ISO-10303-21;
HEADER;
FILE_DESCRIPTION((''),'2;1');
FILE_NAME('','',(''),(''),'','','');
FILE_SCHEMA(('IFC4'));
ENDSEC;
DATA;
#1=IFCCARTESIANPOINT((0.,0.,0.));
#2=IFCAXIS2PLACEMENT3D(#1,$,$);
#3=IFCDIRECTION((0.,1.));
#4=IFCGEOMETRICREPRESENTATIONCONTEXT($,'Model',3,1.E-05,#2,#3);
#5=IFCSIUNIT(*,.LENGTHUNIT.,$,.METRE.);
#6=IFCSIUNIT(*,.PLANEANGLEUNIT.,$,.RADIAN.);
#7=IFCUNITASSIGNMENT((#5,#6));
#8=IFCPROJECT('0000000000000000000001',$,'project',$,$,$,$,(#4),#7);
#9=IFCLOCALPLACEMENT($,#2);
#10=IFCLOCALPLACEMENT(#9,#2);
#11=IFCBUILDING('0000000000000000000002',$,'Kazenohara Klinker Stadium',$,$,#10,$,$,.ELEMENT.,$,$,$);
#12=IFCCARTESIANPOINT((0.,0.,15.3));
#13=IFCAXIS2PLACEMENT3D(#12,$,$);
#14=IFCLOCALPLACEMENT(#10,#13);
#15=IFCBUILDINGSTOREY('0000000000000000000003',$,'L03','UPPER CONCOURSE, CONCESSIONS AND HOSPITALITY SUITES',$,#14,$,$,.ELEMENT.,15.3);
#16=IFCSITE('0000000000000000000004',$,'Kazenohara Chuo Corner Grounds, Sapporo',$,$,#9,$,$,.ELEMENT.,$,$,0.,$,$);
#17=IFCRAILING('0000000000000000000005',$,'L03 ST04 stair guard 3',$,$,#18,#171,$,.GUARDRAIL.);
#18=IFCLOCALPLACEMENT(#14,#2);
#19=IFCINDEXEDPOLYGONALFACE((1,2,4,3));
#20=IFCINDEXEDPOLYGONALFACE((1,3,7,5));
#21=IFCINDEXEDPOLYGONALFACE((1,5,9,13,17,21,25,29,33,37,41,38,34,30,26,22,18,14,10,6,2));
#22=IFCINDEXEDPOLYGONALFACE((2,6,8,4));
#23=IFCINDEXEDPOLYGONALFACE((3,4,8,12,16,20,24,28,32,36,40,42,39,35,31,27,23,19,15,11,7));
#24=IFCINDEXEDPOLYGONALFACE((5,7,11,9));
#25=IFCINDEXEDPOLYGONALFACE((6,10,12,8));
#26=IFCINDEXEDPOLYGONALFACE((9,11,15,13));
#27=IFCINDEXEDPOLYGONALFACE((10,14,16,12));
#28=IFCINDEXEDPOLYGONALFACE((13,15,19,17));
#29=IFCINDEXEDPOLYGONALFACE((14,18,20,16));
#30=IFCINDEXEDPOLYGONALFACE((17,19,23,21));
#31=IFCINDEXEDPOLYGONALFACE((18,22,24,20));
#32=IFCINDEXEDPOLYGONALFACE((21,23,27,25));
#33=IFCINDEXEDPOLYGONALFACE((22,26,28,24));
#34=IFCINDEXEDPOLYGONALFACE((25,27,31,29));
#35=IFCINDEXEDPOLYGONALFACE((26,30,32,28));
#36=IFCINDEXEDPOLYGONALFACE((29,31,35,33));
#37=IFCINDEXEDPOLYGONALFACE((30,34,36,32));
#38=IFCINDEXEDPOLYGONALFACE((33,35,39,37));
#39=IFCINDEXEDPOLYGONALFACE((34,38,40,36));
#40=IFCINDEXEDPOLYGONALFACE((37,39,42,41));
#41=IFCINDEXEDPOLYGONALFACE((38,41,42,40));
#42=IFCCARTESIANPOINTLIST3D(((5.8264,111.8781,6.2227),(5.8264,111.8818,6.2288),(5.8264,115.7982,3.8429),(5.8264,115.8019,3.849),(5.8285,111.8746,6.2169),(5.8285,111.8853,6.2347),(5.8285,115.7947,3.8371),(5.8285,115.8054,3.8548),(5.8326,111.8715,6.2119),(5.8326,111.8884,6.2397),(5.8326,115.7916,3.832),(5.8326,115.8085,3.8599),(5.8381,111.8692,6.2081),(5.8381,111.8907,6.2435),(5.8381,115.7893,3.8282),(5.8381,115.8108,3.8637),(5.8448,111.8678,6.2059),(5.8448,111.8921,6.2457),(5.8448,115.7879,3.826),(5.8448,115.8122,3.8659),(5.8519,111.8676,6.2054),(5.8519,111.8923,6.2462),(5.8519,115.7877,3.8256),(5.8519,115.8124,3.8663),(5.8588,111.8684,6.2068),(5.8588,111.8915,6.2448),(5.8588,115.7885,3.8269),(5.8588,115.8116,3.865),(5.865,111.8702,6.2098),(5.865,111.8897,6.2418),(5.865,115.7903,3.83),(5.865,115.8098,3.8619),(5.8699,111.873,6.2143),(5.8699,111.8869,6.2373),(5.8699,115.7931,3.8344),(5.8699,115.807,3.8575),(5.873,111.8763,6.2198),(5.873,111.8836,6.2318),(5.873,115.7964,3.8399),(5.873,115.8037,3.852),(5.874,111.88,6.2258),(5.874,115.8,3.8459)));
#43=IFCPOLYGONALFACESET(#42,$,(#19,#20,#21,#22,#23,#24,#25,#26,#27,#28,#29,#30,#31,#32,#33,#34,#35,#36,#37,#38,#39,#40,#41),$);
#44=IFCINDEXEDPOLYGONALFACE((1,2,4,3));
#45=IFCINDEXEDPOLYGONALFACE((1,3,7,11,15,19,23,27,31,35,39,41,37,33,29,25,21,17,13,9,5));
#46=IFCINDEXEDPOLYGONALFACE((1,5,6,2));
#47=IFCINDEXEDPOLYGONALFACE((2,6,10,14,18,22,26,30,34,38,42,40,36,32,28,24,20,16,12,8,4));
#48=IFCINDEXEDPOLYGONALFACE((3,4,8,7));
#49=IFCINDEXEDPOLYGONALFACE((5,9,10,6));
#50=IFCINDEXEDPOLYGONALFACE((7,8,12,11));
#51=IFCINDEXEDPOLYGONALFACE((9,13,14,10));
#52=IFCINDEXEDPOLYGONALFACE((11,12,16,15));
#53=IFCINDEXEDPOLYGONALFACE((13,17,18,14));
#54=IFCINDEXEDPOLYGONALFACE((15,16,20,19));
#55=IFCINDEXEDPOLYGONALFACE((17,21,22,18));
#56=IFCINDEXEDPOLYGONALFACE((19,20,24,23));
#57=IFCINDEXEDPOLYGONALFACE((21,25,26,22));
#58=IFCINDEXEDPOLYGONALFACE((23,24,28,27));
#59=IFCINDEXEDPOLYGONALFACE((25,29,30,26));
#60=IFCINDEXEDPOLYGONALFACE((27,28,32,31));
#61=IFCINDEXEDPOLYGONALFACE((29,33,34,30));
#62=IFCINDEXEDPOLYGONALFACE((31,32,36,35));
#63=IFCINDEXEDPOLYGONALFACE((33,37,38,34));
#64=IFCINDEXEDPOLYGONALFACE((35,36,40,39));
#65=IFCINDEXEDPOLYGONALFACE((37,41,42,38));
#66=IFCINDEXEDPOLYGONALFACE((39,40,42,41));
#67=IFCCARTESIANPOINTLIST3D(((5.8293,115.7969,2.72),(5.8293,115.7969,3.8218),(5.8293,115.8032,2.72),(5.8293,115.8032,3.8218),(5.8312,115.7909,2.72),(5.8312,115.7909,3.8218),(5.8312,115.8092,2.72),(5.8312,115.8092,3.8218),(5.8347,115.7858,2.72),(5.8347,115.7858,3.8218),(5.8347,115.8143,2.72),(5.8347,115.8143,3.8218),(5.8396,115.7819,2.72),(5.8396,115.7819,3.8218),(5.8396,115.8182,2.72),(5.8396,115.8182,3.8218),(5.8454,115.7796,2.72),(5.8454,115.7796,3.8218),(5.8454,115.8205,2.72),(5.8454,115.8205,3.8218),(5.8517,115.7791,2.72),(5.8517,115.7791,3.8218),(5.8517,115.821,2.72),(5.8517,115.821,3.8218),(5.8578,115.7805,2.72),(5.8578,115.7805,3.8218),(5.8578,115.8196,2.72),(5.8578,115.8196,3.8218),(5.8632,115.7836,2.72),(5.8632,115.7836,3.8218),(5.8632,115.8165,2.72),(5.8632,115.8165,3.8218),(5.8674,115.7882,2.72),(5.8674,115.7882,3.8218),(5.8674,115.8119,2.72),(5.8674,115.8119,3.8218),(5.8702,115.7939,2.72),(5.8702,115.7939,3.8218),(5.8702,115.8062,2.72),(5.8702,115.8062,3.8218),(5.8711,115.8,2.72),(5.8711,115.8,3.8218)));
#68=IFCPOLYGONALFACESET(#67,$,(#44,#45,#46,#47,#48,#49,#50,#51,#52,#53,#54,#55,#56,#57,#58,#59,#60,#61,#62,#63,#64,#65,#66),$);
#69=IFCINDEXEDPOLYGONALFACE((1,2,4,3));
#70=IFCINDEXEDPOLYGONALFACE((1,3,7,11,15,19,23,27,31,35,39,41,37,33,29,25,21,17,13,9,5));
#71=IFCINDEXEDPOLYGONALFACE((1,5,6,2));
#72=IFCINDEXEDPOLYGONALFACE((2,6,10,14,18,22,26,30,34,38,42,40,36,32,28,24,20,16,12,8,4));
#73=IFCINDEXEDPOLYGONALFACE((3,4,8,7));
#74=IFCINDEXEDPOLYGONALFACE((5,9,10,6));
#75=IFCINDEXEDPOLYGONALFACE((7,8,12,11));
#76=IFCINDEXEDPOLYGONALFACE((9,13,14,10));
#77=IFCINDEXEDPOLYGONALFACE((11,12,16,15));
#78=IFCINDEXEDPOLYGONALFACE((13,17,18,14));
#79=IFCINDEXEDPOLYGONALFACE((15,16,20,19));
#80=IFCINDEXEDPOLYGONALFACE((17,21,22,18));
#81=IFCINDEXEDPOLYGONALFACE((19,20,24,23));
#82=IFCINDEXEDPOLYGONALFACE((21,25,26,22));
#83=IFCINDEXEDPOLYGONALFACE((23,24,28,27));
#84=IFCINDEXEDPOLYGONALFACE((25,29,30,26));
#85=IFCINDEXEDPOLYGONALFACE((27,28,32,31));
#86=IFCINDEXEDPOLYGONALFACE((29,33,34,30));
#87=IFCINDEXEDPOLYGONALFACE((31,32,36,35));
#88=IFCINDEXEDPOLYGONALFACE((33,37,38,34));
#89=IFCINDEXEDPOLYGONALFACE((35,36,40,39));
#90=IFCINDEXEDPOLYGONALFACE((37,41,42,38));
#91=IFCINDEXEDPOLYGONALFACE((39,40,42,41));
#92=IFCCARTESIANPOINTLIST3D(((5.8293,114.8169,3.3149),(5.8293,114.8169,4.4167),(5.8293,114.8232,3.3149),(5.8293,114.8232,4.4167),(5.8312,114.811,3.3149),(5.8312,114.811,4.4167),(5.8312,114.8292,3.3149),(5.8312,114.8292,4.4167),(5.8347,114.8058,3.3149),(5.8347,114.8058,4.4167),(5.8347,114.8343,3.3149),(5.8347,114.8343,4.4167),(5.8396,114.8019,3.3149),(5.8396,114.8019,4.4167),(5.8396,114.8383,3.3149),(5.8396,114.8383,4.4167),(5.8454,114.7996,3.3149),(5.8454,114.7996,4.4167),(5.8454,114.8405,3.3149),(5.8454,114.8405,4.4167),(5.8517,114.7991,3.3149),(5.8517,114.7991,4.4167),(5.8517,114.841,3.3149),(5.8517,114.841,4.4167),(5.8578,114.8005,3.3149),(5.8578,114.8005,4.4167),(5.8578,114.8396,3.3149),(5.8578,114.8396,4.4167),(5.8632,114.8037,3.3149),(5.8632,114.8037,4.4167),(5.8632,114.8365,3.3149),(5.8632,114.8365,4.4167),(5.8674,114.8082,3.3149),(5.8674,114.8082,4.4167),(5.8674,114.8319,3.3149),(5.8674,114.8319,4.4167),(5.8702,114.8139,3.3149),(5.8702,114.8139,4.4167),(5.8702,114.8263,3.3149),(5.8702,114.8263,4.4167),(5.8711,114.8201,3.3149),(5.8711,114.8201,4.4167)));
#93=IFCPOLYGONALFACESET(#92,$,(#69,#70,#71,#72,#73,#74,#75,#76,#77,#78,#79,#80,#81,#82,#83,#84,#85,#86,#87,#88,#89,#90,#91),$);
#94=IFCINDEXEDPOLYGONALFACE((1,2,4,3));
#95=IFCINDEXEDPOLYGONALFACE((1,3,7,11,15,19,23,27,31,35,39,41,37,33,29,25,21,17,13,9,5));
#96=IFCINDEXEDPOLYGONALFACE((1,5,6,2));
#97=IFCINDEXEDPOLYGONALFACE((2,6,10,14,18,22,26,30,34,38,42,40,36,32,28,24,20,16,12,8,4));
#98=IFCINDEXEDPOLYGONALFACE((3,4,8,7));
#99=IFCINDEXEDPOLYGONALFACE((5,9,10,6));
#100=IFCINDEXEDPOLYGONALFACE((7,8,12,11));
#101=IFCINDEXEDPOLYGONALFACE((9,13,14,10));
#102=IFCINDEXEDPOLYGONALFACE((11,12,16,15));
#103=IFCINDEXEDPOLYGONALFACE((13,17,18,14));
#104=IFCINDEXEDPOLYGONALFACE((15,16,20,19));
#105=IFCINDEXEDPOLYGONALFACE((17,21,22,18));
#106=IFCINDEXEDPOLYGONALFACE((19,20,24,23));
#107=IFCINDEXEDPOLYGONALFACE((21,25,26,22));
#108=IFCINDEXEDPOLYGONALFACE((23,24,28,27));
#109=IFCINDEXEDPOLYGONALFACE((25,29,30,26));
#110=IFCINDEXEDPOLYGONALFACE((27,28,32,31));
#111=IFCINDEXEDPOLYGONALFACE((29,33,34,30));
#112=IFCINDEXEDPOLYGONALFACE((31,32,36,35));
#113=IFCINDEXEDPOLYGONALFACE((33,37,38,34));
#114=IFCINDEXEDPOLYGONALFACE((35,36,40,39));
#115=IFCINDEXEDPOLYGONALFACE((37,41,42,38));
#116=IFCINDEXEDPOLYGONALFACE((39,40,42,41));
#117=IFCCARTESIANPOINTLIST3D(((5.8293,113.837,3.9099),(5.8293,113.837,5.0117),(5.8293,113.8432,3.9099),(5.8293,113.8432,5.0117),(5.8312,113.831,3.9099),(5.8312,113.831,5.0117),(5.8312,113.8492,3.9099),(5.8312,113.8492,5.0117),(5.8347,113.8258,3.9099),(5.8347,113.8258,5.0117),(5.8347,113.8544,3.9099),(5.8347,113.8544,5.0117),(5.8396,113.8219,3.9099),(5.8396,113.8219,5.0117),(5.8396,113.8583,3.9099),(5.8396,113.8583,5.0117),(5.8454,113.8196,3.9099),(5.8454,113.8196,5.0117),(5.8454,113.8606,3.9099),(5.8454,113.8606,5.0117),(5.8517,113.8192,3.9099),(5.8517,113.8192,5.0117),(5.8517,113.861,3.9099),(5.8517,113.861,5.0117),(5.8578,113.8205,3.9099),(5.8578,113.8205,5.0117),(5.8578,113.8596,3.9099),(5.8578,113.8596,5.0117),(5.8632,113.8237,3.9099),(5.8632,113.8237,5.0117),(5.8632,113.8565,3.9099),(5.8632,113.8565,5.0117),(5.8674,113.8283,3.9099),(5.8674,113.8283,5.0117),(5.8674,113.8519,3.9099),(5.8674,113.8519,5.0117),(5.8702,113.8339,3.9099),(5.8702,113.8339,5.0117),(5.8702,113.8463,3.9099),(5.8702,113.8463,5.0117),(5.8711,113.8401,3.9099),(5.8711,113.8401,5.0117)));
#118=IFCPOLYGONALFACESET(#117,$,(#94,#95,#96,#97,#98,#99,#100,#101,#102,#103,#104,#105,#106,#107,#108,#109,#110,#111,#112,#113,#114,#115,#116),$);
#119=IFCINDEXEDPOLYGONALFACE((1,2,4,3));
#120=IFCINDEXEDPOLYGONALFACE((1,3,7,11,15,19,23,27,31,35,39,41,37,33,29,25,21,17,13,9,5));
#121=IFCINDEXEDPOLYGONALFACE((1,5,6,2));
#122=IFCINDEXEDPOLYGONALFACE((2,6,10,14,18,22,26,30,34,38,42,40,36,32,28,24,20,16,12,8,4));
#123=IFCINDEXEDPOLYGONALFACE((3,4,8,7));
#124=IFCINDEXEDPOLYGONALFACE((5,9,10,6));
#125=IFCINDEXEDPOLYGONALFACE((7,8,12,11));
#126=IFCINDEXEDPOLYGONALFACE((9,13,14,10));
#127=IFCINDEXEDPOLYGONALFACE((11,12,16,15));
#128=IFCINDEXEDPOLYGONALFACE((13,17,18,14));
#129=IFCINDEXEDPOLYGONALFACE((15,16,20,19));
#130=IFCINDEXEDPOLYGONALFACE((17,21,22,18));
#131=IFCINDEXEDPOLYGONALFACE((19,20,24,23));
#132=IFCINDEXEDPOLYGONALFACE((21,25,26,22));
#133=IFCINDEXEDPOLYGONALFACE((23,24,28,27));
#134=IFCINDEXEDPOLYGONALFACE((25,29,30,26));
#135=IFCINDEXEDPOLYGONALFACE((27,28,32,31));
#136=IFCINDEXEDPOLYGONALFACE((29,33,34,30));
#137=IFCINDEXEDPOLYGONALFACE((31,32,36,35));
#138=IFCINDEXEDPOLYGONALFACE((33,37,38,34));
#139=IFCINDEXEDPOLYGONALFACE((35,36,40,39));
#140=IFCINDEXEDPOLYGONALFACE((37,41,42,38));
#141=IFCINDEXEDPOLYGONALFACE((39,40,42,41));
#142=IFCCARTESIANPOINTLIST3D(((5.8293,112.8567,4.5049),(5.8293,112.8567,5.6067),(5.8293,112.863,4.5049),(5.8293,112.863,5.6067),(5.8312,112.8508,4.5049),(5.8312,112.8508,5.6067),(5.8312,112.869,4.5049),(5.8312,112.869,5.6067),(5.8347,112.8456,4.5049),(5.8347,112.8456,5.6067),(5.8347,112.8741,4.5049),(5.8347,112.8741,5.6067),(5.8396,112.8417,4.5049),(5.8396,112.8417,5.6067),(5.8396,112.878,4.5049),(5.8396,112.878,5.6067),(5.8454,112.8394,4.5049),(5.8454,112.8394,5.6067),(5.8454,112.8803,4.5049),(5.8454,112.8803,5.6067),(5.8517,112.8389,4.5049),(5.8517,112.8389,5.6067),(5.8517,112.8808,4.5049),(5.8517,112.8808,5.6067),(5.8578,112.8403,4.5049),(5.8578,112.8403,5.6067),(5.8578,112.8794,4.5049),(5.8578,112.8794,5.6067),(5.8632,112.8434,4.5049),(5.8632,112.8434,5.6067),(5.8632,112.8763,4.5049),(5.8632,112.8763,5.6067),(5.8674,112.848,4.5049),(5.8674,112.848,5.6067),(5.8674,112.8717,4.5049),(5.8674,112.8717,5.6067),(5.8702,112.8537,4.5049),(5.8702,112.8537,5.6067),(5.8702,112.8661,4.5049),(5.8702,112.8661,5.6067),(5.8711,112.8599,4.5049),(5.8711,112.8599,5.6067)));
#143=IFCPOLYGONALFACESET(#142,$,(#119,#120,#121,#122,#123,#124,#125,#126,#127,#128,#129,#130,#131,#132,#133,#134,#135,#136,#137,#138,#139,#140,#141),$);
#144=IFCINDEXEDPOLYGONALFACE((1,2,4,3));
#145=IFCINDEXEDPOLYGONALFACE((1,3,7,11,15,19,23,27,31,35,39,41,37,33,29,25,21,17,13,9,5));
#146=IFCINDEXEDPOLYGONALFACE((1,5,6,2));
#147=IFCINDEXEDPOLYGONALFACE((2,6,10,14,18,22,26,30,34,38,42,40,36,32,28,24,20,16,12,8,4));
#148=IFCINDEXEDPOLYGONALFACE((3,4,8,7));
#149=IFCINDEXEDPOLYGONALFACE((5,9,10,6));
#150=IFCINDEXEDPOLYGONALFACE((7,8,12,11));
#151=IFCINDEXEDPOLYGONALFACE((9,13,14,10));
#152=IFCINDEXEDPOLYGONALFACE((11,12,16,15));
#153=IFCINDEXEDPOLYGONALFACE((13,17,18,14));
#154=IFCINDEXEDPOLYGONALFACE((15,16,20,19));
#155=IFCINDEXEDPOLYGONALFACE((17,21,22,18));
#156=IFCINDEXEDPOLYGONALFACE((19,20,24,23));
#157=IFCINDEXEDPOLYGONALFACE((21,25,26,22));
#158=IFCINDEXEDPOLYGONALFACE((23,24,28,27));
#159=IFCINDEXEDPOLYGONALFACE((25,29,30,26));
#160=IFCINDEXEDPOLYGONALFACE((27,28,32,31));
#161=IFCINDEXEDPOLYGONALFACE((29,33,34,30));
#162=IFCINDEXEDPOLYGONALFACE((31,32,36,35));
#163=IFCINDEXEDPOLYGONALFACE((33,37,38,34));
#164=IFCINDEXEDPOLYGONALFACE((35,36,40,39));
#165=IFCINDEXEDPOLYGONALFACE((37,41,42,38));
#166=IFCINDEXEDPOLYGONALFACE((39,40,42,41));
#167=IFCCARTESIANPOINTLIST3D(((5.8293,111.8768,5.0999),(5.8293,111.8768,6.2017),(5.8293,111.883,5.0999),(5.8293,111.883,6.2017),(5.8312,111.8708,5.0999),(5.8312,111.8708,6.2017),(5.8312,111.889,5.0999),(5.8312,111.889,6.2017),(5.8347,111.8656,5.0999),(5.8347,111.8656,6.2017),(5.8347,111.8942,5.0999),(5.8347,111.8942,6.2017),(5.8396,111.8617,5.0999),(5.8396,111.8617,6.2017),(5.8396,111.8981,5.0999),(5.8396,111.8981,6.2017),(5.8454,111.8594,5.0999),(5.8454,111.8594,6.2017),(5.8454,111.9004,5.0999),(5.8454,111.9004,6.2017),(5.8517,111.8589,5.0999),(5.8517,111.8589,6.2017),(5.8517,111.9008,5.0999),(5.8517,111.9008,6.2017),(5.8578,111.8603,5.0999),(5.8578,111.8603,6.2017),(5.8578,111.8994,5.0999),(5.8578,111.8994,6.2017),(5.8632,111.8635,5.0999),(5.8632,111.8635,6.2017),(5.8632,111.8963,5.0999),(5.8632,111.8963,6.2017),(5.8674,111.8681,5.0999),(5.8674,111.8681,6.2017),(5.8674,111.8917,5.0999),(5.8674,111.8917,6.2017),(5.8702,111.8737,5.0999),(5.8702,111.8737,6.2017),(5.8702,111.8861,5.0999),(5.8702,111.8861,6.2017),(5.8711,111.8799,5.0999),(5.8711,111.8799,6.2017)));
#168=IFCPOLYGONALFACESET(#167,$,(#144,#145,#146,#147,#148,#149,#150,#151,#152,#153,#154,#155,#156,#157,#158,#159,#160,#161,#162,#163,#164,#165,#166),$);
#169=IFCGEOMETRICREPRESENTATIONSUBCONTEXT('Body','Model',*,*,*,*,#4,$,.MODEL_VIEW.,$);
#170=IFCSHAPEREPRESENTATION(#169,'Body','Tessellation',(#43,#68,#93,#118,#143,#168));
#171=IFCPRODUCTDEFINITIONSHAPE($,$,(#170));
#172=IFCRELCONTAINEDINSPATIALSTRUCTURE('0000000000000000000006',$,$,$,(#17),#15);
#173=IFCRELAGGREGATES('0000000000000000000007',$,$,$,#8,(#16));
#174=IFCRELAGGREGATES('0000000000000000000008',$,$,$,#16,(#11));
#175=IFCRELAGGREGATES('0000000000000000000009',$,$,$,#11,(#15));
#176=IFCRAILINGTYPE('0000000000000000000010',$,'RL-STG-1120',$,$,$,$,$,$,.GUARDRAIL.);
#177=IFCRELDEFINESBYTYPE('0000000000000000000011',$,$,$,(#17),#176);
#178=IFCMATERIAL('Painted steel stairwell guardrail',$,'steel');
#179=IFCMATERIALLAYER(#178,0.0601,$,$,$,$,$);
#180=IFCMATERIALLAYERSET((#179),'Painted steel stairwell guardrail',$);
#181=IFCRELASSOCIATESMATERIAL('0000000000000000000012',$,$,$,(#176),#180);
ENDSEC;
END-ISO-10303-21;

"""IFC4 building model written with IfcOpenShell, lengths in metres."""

from ifc_helpers import new_model, si_unit, direction, frame, origin, origin_2d, place, context, subcontext, project, spatial, circle, extrude, material, layer, layer_set, type_object, element, save


model = new_model("IFC4")

# Units and contexts
model_context = context("Model", 3, precision=1e-05, world=origin(), true_north=direction((0.0, 1.0)))
body_context = subcontext(model_context, "Body", "Model", "MODEL_VIEW")
ifc_project = project(units=[si_unit("LENGTHUNIT", "METRE"), si_unit("PLANEANGLEUNIT", "RADIAN")], contexts=[model_context])

# Site, building, storey
site_placement = place(None, origin())
site = spatial("IfcSite", under=ifc_project, at=site_placement, Name="Kazenohara Chuo Corner Grounds, Sapporo", CompositionType="ELEMENT", RefElevation=0.0)
building_placement = place(site_placement, origin())
building = spatial("IfcBuilding", under=site, at=building_placement, Name="Kazenohara Klinker Stadium", CompositionType="ELEMENT")
storey_placement = place(building_placement, frame((0.0, 0.0, 15.3)))
storey = spatial("IfcBuildingStorey", under=building, at=storey_placement, Name="L03", Description="UPPER CONCOURSE, CONCESSIONS AND HOSPITALITY SUITES", CompositionType="ELEMENT", Elevation=15.3)

# Railing
ifc_material_1 = material(Name="Painted steel stairwell guardrail", Category="steel")
ifc_layer_1 = layer(ifc_material_1, 0.0601)
ifc_layer_set_1 = layer_set([ifc_layer_1], Name="Painted steel stairwell guardrail")
railing_type_1 = type_object("IfcRailingType", Name="RL-STG-1120", PredefinedType="GUARDRAIL", material=ifc_layer_set_1)
railing_1_placement = place(storey_placement, frame((5.8501, 115.8, 2.72)))
element("IfcRailing", 1, at=railing_1_placement, inside=storey, type_object=railing_type_1, Name="L03 ST04 stair guard 3", PredefinedType="GUARDRAIL", context=body_context, shape_type="SweptSolid", body=[
    extrude(circle(Radius=0.0239, at=origin_2d()), frame((0.0, 0.0, 1.126), z_axis=(0.0, -0.854809, 0.518943), x_axis=(1.0, 0.0, 0.0)), (0.0, 0.0, 1.0), 4.5859),
    extrude(circle(Radius=0.021, at=origin_2d()), origin(), (0.0, 0.0, 1.0), 1.1018),
    extrude(circle(Radius=0.021, at=origin_2d()), frame((0.0, -0.98, 0.595)), (0.0, 0.0, 1.0), 1.1018),
    extrude(circle(Radius=0.021, at=origin_2d()), frame((0.0, -1.96, 1.1899)), (0.0, 0.0, 1.0), 1.1018),
    extrude(circle(Radius=0.021, at=origin_2d()), frame((0.0, -2.9402, 1.7849)), (0.0, 0.0, 1.0), 1.1018),
    extrude(circle(Radius=0.021, at=origin_2d()), frame((0.0, -3.9202, 2.3799)), (0.0, 0.0, 1.0), 1.1018),
])

save(model, "model.ifc")
